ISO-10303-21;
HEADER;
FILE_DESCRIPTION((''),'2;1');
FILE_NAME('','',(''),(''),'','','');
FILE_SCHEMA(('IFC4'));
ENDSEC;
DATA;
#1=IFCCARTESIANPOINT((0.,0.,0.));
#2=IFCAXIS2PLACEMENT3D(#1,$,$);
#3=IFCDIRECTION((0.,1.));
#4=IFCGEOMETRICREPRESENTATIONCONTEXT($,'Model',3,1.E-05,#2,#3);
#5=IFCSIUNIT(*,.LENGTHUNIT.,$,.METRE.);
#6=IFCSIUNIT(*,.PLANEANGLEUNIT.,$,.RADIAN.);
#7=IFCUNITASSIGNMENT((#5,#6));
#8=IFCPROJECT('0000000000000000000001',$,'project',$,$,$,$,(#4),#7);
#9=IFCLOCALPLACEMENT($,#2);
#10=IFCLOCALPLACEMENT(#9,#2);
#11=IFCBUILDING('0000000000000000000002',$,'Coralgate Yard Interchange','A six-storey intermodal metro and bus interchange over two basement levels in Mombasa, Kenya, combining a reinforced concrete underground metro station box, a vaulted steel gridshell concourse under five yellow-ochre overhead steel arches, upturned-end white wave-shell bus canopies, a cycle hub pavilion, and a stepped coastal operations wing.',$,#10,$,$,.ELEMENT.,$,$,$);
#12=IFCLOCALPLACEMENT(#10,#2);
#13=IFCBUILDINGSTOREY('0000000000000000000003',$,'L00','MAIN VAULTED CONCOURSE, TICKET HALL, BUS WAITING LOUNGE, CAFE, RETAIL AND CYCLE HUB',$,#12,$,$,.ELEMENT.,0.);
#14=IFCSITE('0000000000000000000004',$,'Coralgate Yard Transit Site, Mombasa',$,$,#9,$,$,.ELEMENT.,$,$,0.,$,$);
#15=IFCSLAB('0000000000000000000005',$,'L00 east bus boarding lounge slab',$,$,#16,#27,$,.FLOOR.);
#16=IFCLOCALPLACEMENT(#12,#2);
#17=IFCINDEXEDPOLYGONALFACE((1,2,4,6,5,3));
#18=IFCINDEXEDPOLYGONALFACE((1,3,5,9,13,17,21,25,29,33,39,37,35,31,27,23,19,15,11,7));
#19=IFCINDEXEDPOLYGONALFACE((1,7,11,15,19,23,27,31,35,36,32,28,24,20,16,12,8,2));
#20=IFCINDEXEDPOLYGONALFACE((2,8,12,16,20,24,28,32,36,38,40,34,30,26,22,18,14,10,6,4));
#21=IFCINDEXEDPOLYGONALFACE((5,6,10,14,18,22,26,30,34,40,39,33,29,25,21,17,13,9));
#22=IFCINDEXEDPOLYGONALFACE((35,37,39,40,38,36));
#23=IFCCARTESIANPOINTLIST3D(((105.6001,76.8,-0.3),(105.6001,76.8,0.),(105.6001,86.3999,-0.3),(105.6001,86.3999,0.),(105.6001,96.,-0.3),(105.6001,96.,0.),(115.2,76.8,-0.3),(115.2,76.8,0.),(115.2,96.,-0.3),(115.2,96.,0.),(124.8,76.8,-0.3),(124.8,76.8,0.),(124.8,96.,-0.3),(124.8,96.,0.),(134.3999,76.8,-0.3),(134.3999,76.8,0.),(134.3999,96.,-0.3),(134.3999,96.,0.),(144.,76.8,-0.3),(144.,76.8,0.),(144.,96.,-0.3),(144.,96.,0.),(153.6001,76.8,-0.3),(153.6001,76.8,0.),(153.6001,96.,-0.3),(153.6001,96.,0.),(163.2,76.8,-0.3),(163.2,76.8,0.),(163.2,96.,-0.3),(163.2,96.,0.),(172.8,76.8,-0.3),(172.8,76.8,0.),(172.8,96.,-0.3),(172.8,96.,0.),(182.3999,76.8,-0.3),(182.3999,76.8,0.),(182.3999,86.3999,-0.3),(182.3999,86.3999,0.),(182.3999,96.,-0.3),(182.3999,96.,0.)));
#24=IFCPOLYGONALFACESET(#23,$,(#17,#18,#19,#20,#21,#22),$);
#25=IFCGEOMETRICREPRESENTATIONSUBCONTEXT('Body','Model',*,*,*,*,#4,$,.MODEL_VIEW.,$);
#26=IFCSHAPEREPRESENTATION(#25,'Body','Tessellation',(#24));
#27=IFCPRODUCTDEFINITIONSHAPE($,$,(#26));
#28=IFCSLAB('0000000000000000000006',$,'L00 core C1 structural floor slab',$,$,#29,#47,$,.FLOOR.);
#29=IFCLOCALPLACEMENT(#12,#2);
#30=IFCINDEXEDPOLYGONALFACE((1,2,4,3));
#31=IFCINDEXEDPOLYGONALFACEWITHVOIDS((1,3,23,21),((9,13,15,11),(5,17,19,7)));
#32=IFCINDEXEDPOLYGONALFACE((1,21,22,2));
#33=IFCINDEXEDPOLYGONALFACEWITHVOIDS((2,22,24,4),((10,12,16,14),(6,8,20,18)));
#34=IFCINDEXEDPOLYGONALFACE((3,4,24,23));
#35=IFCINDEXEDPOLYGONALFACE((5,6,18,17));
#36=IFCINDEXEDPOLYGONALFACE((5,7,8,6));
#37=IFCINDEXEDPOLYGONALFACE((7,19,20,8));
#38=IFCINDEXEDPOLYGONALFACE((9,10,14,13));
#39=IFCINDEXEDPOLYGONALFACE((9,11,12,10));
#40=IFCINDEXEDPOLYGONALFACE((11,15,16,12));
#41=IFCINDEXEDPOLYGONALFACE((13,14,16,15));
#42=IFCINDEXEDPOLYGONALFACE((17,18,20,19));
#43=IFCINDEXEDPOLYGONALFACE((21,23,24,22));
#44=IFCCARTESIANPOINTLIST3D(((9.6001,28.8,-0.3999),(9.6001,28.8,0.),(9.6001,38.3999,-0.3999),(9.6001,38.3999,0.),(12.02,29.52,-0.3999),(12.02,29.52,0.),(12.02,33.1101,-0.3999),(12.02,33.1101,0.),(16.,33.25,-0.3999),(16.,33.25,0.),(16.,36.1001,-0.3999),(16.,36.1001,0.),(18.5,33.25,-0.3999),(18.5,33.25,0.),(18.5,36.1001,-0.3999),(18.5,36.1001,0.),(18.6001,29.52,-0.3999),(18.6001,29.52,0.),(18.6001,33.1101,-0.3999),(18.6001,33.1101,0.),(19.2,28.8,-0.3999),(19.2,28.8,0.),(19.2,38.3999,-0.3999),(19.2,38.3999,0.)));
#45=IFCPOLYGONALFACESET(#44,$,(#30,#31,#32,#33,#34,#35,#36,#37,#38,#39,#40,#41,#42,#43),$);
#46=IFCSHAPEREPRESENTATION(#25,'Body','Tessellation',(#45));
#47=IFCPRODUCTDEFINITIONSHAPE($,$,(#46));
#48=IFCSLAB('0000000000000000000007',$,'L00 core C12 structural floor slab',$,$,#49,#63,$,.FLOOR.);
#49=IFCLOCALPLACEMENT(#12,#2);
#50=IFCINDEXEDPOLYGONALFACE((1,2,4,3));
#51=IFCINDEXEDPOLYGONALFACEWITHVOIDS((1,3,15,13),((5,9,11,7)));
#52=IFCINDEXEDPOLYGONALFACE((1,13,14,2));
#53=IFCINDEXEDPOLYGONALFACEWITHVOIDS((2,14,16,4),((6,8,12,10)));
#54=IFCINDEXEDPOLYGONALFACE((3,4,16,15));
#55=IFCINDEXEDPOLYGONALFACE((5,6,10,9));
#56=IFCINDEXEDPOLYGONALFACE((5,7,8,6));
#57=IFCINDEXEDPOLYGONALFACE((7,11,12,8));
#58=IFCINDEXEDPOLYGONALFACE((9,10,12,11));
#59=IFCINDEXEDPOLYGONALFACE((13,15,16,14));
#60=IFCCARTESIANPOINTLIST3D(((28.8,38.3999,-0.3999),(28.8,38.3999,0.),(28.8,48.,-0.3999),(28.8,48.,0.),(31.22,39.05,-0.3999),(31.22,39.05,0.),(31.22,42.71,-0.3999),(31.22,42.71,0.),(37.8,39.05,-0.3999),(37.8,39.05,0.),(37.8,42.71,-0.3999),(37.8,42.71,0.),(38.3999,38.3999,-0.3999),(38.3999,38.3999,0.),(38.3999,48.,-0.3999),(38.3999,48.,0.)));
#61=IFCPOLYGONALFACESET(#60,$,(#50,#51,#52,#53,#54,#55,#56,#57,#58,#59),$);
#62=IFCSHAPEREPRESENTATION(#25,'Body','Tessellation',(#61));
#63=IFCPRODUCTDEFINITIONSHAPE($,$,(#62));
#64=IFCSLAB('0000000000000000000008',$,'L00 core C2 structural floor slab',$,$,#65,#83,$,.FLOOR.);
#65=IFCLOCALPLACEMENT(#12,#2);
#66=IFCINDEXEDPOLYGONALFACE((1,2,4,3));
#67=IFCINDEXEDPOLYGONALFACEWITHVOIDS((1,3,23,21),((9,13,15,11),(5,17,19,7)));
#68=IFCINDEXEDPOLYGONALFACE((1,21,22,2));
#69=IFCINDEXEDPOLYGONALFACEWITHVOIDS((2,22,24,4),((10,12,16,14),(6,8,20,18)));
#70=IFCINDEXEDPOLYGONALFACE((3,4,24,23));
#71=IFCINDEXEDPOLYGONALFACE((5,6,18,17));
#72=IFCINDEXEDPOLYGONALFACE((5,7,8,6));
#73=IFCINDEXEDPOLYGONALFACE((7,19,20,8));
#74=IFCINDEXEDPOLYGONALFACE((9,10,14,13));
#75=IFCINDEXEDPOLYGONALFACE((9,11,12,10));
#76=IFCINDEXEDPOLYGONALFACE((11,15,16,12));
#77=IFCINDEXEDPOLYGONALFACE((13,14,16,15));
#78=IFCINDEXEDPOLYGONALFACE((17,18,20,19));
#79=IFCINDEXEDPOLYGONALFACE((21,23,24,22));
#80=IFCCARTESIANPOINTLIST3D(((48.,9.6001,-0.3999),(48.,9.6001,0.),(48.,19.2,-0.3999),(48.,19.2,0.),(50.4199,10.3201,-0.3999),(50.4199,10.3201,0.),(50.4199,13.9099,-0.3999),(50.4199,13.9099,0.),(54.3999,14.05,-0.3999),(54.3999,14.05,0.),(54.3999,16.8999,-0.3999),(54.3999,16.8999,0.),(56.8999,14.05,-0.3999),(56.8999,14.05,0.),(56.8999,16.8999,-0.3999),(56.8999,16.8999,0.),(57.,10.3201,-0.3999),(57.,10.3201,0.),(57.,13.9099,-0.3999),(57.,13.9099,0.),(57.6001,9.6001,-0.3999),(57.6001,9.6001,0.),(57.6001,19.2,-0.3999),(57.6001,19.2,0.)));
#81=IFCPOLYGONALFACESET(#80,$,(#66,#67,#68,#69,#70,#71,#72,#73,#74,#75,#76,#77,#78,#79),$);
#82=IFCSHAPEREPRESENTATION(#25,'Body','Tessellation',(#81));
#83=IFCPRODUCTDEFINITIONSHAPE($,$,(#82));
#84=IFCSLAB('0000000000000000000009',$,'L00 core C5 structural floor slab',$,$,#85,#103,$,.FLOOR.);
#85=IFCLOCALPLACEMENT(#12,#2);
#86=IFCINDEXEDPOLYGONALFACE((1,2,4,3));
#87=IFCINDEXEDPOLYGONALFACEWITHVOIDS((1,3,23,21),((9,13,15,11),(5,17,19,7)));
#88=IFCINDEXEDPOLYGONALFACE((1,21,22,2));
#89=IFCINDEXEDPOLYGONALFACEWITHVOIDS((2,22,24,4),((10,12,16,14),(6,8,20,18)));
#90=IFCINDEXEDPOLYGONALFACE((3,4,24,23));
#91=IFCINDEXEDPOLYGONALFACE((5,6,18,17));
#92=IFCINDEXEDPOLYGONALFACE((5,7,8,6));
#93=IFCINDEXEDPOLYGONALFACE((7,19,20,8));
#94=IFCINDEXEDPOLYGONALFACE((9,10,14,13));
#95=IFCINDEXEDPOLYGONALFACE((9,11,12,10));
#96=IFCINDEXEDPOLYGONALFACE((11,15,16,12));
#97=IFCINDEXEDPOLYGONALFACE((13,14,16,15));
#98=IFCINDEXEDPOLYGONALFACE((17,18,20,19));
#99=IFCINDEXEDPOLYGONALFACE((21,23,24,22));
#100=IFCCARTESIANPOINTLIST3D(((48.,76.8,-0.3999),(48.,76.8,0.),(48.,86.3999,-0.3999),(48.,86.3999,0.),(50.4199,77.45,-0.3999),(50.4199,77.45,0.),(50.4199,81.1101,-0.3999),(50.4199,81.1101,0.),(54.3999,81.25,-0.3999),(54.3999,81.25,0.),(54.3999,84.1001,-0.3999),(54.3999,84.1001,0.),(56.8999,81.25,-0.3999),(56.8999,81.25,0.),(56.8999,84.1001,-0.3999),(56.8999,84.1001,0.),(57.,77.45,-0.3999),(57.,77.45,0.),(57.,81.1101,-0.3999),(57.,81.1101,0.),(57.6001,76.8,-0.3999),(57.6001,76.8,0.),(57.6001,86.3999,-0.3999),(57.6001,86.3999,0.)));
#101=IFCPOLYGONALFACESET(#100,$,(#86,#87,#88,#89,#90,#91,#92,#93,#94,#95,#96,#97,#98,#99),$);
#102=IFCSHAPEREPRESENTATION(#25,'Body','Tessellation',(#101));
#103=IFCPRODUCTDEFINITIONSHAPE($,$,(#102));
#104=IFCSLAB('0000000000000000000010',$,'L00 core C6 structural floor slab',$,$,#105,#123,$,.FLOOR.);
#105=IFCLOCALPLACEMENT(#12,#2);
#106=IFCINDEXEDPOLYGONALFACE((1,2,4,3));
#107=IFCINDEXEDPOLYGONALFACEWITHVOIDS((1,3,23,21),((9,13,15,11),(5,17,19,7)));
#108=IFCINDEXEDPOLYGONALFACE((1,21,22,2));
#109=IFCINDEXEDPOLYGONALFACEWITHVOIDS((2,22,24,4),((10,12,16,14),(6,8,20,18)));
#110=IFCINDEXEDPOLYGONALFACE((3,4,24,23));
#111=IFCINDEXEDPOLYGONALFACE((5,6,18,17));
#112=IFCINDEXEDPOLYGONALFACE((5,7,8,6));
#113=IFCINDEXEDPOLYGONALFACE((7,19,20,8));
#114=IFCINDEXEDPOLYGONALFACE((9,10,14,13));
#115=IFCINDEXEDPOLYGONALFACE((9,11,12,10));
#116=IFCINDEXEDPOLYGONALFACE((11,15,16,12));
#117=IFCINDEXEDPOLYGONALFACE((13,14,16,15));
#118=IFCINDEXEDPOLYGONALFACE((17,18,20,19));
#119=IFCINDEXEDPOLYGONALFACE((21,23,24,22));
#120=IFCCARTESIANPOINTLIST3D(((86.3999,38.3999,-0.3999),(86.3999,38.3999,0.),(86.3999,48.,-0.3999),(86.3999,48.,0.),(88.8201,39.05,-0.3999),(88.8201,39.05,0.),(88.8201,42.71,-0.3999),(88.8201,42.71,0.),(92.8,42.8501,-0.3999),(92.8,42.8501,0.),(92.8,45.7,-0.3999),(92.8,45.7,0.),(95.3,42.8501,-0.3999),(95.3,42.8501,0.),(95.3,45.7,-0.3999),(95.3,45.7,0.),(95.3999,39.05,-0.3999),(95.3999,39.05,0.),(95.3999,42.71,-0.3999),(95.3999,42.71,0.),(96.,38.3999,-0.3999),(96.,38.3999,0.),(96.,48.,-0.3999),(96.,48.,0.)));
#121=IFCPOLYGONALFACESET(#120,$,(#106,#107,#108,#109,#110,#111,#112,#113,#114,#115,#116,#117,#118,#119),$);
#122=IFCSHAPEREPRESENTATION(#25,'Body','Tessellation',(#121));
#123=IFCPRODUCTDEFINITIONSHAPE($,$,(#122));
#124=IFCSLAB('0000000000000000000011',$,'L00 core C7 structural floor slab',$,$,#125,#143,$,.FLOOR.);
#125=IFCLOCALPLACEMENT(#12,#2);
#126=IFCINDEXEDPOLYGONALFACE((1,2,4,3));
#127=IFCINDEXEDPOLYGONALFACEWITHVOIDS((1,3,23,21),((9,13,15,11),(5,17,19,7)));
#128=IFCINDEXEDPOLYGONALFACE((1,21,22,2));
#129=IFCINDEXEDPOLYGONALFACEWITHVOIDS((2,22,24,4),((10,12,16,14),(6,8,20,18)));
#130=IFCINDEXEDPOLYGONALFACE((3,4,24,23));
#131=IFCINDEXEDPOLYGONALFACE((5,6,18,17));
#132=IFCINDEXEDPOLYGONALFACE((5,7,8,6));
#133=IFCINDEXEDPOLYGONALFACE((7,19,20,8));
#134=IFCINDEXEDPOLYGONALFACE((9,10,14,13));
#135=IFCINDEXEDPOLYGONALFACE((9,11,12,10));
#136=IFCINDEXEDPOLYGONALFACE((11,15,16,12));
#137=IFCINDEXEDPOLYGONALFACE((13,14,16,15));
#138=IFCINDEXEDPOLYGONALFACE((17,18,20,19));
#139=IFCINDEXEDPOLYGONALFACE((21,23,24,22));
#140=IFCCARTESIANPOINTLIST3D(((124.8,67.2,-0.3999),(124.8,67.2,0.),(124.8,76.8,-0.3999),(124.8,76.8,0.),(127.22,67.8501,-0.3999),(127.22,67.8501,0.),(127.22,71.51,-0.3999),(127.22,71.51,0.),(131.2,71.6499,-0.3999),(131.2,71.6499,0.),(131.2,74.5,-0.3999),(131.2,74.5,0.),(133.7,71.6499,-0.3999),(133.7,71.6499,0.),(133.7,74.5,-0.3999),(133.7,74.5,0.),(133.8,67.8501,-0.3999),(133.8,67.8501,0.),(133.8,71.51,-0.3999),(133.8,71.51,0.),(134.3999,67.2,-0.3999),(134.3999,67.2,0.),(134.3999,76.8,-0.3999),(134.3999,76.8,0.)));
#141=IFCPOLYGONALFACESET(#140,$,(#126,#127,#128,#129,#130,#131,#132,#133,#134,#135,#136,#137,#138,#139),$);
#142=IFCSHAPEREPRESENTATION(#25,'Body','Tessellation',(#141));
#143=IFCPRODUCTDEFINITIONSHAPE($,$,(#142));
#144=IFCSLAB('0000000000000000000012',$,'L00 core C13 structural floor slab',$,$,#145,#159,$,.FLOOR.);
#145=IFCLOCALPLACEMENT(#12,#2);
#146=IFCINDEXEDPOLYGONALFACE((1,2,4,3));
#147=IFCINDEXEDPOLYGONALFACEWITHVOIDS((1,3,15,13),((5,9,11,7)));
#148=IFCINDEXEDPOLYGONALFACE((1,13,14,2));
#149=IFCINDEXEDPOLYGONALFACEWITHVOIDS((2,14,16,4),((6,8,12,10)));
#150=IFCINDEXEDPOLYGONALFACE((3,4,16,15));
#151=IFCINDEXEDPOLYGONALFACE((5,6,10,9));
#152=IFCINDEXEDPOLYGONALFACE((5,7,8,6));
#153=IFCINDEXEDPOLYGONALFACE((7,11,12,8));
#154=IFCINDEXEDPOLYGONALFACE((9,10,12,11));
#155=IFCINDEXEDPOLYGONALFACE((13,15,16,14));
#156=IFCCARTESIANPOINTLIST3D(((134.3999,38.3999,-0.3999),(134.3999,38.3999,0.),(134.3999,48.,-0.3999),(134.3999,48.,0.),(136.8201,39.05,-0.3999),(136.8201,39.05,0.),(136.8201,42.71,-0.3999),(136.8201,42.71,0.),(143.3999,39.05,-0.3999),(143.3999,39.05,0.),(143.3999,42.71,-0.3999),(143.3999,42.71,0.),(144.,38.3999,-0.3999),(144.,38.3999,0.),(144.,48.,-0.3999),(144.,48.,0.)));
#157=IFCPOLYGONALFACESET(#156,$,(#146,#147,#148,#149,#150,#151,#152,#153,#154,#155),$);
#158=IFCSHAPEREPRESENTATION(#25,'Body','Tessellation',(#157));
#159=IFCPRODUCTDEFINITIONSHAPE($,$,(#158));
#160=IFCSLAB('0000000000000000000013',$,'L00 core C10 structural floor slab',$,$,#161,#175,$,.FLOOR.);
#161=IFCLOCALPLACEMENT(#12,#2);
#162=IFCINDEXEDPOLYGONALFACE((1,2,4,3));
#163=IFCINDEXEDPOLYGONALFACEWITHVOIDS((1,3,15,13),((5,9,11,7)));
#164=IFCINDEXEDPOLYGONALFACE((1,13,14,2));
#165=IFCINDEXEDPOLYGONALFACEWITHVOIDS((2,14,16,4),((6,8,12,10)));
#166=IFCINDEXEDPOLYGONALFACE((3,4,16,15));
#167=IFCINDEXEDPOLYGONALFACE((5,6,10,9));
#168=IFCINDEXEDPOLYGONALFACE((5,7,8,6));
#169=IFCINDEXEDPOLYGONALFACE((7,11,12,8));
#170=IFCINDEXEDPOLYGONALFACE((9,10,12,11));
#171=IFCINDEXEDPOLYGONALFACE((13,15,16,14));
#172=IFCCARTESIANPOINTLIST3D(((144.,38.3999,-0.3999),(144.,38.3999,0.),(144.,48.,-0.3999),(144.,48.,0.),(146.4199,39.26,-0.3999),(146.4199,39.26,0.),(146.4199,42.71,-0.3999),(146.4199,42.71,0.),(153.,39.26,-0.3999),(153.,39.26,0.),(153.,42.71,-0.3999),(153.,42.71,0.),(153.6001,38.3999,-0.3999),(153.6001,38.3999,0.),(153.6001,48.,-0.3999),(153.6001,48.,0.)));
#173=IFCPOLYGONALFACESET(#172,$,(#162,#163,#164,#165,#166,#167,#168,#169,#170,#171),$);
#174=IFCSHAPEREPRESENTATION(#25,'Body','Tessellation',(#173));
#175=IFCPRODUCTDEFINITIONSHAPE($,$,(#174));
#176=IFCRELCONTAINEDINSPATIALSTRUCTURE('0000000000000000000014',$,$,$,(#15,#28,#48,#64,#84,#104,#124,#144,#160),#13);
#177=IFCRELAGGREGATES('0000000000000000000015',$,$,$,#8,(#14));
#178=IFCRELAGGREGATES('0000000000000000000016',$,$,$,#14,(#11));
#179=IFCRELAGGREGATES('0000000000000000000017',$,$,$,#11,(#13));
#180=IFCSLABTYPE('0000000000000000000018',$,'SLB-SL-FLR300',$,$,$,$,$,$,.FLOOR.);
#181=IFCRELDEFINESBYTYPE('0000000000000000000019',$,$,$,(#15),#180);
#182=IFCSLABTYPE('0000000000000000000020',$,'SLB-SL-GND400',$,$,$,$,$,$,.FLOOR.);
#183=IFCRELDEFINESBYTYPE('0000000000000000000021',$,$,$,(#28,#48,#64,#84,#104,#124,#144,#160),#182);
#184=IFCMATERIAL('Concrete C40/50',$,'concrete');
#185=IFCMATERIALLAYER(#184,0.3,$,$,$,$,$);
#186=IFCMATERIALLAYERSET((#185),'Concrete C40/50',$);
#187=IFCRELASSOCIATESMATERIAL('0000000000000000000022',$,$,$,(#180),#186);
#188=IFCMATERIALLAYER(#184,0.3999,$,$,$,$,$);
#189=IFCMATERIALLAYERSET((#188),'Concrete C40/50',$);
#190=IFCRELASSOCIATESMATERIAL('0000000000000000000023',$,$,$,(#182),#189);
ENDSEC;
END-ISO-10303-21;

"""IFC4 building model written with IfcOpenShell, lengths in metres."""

from ifc_helpers import new_model, si_unit, direction, frame, origin, place, context, subcontext, project, spatial, polyline, outline, extrude, material, layer, layer_set, type_object, element, save


model = new_model("IFC4")

# Units and contexts
model_context = context("Model", 3, precision=1e-05, world=origin(), true_north=direction((0.0, 1.0)))
body_context = subcontext(model_context, "Body", "Model", "MODEL_VIEW")
ifc_project = project(units=[si_unit("LENGTHUNIT", "METRE"), si_unit("PLANEANGLEUNIT", "RADIAN")], contexts=[model_context])

# Site, building, storey
site_placement = place(None, origin())
site = spatial("IfcSite", under=ifc_project, at=site_placement, Name="Coralgate Yard Transit Site, Mombasa", CompositionType="ELEMENT", RefElevation=0.0)
building_placement = place(site_placement, origin())
building = spatial("IfcBuilding", under=site, at=building_placement, Name="Coralgate Yard Interchange", Description="A six-storey intermodal metro and bus interchange over two basement levels in Mombasa, Kenya, combining a reinforced concrete underground metro station box, a vaulted steel gridshell concourse under five yellow-ochre overhead steel arches, upturned-end white wave-shell bus canopies, a cycle hub pavilion, and a stepped coastal operations wing.", CompositionType="ELEMENT")
storey_placement = place(building_placement, origin())
storey = spatial("IfcBuildingStorey", under=building, at=storey_placement, Name="L00", Description="MAIN VAULTED CONCOURSE, TICKET HALL, BUS WAITING LOUNGE, CAFE, RETAIL AND CYCLE HUB", CompositionType="ELEMENT", Elevation=0.0)

# Shared definitions
ifc_material_1 = material(Name="Concrete C40/50", Category="concrete")

# Slabs
ifc_layer_1 = layer(ifc_material_1, 0.3)
ifc_layer_set_1 = layer_set([ifc_layer_1], Name="Concrete C40/50")
slab_type_1 = type_object("IfcSlabType", Name="SLB-SL-FLR300", PredefinedType="FLOOR", material=ifc_layer_set_1)
slab_1_placement = place(storey_placement, frame((0.0, 0.0, -0.3)))
element("IfcSlab", 1, at=slab_1_placement, inside=storey, type_object=slab_type_1, Name="L00 east bus boarding lounge slab", PredefinedType="FLOOR", context=body_context, shape_type="SweptSolid", body=[
    extrude(outline(polyline([(134.3999, 76.8), (124.8, 76.8), (115.2, 76.8), (105.6001, 76.8), (105.6001, 86.3999), (105.6001, 96.0), (115.2, 96.0), (124.8, 96.0), (134.3999, 96.0), (144.0, 96.0), (153.6001, 96.0), (163.2, 96.0), (172.8, 96.0), (182.3999, 96.0), (182.3999, 86.3999), (182.3999, 76.8), (172.8, 76.8), (163.2, 76.8), (153.6001, 76.8), (144.0, 76.8), (134.3999, 76.8)])), origin(), (0.0, 0.0, 1.0), 0.3),
])
ifc_layer_2 = layer(ifc_material_1, 0.3999)
ifc_layer_set_2 = layer_set([ifc_layer_2], Name="Concrete C40/50")
slab_type_2 = type_object("IfcSlabType", Name="SLB-SL-GND400", PredefinedType="FLOOR", material=ifc_layer_set_2)
slab_2_placement = place(storey_placement, frame((0.0, 0.0, -0.3999)))
element("IfcSlab", 2, at=slab_2_placement, inside=storey, type_object=slab_type_2, Name="L00 core C1 structural floor slab", PredefinedType="FLOOR", context=body_context, shape_type="SweptSolid", body=[
    extrude(outline(polyline([(19.2, 38.3999), (19.2, 28.8), (9.6001, 28.8), (9.6001, 38.3999), (19.2, 38.3999)]), holes=[polyline([(18.6001, 33.1101), (12.02, 33.1101), (12.02, 29.52), (18.6001, 29.52), (18.6001, 33.1101)]), polyline([(18.5, 33.25), (18.5, 36.1001), (16.0, 36.1001), (16.0, 33.25), (18.5, 33.25)])]), origin(), (0.0, 0.0, 1.0), 0.3999),
])
slab_3_placement = place(storey_placement, frame((0.0, 0.0, -0.3999)))
element("IfcSlab", 3, at=slab_3_placement, inside=storey, type_object=slab_type_2, Name="L00 core C12 structural floor slab", PredefinedType="FLOOR", context=body_context, shape_type="SweptSolid", body=[
    extrude(outline(polyline([(28.8, 48.0), (38.3999, 48.0), (38.3999, 38.3999), (28.8, 38.3999), (28.8, 48.0)]), holes=[polyline([(37.8, 39.05), (37.8, 42.71), (31.22, 42.71), (31.22, 39.05), (37.8, 39.05)])]), origin(), (0.0, 0.0, 1.0), 0.3999),
])
slab_4_placement = place(storey_placement, frame((0.0, 0.0, -0.3999)))
element("IfcSlab", 4, at=slab_4_placement, inside=storey, type_object=slab_type_2, Name="L00 core C2 structural floor slab", PredefinedType="FLOOR", context=body_context, shape_type="SweptSolid", body=[
    extrude(outline(polyline([(57.6001, 19.2), (57.6001, 9.6001), (48.0, 9.6001), (48.0, 19.2), (57.6001, 19.2)]), holes=[polyline([(57.0, 13.9099), (50.4199, 13.9099), (50.4199, 10.3201), (57.0, 10.3201), (57.0, 13.9099)]), polyline([(56.8999, 14.05), (56.8999, 16.8999), (54.3999, 16.8999), (54.3999, 14.05), (56.8999, 14.05)])]), origin(), (0.0, 0.0, 1.0), 0.3999),
])
slab_5_placement = place(storey_placement, frame((0.0, 0.0, -0.3999)))
element("IfcSlab", 5, at=slab_5_placement, inside=storey, type_object=slab_type_2, Name="L00 core C5 structural floor slab", PredefinedType="FLOOR", context=body_context, shape_type="SweptSolid", body=[
    extrude(outline(polyline([(57.6001, 86.3999), (57.6001, 76.8), (48.0, 76.8), (48.0, 86.3999), (57.6001, 86.3999)]), holes=[polyline([(57.0, 81.1101), (50.4199, 81.1101), (50.4199, 77.45), (57.0, 77.45), (57.0, 81.1101)]), polyline([(56.8999, 81.25), (56.8999, 84.1001), (54.3999, 84.1001), (54.3999, 81.25), (56.8999, 81.25)])]), origin(), (0.0, 0.0, 1.0), 0.3999),
])
slab_6_placement = place(storey_placement, frame((0.0, 0.0, -0.3999)))
element("IfcSlab", 6, at=slab_6_placement, inside=storey, type_object=slab_type_2, Name="L00 core C6 structural floor slab", PredefinedType="FLOOR", context=body_context, shape_type="SweptSolid", body=[
    extrude(outline(polyline([(96.0, 48.0), (96.0, 38.3999), (86.3999, 38.3999), (86.3999, 48.0), (96.0, 48.0)]), holes=[polyline([(95.3999, 42.71), (88.8201, 42.71), (88.8201, 39.05), (95.3999, 39.05), (95.3999, 42.71)]), polyline([(95.3, 42.8501), (95.3, 45.7), (92.8, 45.7), (92.8, 42.8501), (95.3, 42.8501)])]), origin(), (0.0, 0.0, 1.0), 0.3999),
])
slab_7_placement = place(storey_placement, frame((0.0, 0.0, -0.3999)))
element("IfcSlab", 7, at=slab_7_placement, inside=storey, type_object=slab_type_2, Name="L00 core C7 structural floor slab", PredefinedType="FLOOR", context=body_context, shape_type="SweptSolid", body=[
    extrude(outline(polyline([(134.3999, 76.8), (134.3999, 67.2), (124.8, 67.2), (124.8, 76.8), (134.3999, 76.8)]), holes=[polyline([(133.8, 71.51), (127.22, 71.51), (127.22, 67.8501), (133.8, 67.8501), (133.8, 71.51)]), polyline([(133.7, 71.6499), (133.7, 74.5), (131.2, 74.5), (131.2, 71.6499), (133.7, 71.6499)])]), origin(), (0.0, 0.0, 1.0), 0.3999),
])
slab_8_placement = place(storey_placement, frame((0.0, 0.0, -0.3999)))
element("IfcSlab", 8, at=slab_8_placement, inside=storey, type_object=slab_type_2, Name="L00 core C13 structural floor slab", PredefinedType="FLOOR", context=body_context, shape_type="SweptSolid", body=[
    extrude(outline(polyline([(134.3999, 48.0), (144.0, 48.0), (144.0, 38.3999), (134.3999, 38.3999), (134.3999, 48.0)]), holes=[polyline([(143.3999, 39.05), (143.3999, 42.71), (136.8201, 42.71), (136.8201, 39.05), (143.3999, 39.05)])]), origin(), (0.0, 0.0, 1.0), 0.3999),
])
slab_9_placement = place(storey_placement, frame((0.0, 0.0, -0.3999)))
element("IfcSlab", 9, at=slab_9_placement, inside=storey, type_object=slab_type_2, Name="L00 core C10 structural floor slab", PredefinedType="FLOOR", context=body_context, shape_type="SweptSolid", body=[
    extrude(outline(polyline([(144.0, 48.0), (153.6001, 48.0), (153.6001, 38.3999), (144.0, 38.3999), (144.0, 48.0)]), holes=[polyline([(153.0, 39.26), (153.0, 42.71), (146.4199, 42.71), (146.4199, 39.26), (153.0, 39.26)])]), origin(), (0.0, 0.0, 1.0), 0.3999),
])

save(model, "model.ifc")
